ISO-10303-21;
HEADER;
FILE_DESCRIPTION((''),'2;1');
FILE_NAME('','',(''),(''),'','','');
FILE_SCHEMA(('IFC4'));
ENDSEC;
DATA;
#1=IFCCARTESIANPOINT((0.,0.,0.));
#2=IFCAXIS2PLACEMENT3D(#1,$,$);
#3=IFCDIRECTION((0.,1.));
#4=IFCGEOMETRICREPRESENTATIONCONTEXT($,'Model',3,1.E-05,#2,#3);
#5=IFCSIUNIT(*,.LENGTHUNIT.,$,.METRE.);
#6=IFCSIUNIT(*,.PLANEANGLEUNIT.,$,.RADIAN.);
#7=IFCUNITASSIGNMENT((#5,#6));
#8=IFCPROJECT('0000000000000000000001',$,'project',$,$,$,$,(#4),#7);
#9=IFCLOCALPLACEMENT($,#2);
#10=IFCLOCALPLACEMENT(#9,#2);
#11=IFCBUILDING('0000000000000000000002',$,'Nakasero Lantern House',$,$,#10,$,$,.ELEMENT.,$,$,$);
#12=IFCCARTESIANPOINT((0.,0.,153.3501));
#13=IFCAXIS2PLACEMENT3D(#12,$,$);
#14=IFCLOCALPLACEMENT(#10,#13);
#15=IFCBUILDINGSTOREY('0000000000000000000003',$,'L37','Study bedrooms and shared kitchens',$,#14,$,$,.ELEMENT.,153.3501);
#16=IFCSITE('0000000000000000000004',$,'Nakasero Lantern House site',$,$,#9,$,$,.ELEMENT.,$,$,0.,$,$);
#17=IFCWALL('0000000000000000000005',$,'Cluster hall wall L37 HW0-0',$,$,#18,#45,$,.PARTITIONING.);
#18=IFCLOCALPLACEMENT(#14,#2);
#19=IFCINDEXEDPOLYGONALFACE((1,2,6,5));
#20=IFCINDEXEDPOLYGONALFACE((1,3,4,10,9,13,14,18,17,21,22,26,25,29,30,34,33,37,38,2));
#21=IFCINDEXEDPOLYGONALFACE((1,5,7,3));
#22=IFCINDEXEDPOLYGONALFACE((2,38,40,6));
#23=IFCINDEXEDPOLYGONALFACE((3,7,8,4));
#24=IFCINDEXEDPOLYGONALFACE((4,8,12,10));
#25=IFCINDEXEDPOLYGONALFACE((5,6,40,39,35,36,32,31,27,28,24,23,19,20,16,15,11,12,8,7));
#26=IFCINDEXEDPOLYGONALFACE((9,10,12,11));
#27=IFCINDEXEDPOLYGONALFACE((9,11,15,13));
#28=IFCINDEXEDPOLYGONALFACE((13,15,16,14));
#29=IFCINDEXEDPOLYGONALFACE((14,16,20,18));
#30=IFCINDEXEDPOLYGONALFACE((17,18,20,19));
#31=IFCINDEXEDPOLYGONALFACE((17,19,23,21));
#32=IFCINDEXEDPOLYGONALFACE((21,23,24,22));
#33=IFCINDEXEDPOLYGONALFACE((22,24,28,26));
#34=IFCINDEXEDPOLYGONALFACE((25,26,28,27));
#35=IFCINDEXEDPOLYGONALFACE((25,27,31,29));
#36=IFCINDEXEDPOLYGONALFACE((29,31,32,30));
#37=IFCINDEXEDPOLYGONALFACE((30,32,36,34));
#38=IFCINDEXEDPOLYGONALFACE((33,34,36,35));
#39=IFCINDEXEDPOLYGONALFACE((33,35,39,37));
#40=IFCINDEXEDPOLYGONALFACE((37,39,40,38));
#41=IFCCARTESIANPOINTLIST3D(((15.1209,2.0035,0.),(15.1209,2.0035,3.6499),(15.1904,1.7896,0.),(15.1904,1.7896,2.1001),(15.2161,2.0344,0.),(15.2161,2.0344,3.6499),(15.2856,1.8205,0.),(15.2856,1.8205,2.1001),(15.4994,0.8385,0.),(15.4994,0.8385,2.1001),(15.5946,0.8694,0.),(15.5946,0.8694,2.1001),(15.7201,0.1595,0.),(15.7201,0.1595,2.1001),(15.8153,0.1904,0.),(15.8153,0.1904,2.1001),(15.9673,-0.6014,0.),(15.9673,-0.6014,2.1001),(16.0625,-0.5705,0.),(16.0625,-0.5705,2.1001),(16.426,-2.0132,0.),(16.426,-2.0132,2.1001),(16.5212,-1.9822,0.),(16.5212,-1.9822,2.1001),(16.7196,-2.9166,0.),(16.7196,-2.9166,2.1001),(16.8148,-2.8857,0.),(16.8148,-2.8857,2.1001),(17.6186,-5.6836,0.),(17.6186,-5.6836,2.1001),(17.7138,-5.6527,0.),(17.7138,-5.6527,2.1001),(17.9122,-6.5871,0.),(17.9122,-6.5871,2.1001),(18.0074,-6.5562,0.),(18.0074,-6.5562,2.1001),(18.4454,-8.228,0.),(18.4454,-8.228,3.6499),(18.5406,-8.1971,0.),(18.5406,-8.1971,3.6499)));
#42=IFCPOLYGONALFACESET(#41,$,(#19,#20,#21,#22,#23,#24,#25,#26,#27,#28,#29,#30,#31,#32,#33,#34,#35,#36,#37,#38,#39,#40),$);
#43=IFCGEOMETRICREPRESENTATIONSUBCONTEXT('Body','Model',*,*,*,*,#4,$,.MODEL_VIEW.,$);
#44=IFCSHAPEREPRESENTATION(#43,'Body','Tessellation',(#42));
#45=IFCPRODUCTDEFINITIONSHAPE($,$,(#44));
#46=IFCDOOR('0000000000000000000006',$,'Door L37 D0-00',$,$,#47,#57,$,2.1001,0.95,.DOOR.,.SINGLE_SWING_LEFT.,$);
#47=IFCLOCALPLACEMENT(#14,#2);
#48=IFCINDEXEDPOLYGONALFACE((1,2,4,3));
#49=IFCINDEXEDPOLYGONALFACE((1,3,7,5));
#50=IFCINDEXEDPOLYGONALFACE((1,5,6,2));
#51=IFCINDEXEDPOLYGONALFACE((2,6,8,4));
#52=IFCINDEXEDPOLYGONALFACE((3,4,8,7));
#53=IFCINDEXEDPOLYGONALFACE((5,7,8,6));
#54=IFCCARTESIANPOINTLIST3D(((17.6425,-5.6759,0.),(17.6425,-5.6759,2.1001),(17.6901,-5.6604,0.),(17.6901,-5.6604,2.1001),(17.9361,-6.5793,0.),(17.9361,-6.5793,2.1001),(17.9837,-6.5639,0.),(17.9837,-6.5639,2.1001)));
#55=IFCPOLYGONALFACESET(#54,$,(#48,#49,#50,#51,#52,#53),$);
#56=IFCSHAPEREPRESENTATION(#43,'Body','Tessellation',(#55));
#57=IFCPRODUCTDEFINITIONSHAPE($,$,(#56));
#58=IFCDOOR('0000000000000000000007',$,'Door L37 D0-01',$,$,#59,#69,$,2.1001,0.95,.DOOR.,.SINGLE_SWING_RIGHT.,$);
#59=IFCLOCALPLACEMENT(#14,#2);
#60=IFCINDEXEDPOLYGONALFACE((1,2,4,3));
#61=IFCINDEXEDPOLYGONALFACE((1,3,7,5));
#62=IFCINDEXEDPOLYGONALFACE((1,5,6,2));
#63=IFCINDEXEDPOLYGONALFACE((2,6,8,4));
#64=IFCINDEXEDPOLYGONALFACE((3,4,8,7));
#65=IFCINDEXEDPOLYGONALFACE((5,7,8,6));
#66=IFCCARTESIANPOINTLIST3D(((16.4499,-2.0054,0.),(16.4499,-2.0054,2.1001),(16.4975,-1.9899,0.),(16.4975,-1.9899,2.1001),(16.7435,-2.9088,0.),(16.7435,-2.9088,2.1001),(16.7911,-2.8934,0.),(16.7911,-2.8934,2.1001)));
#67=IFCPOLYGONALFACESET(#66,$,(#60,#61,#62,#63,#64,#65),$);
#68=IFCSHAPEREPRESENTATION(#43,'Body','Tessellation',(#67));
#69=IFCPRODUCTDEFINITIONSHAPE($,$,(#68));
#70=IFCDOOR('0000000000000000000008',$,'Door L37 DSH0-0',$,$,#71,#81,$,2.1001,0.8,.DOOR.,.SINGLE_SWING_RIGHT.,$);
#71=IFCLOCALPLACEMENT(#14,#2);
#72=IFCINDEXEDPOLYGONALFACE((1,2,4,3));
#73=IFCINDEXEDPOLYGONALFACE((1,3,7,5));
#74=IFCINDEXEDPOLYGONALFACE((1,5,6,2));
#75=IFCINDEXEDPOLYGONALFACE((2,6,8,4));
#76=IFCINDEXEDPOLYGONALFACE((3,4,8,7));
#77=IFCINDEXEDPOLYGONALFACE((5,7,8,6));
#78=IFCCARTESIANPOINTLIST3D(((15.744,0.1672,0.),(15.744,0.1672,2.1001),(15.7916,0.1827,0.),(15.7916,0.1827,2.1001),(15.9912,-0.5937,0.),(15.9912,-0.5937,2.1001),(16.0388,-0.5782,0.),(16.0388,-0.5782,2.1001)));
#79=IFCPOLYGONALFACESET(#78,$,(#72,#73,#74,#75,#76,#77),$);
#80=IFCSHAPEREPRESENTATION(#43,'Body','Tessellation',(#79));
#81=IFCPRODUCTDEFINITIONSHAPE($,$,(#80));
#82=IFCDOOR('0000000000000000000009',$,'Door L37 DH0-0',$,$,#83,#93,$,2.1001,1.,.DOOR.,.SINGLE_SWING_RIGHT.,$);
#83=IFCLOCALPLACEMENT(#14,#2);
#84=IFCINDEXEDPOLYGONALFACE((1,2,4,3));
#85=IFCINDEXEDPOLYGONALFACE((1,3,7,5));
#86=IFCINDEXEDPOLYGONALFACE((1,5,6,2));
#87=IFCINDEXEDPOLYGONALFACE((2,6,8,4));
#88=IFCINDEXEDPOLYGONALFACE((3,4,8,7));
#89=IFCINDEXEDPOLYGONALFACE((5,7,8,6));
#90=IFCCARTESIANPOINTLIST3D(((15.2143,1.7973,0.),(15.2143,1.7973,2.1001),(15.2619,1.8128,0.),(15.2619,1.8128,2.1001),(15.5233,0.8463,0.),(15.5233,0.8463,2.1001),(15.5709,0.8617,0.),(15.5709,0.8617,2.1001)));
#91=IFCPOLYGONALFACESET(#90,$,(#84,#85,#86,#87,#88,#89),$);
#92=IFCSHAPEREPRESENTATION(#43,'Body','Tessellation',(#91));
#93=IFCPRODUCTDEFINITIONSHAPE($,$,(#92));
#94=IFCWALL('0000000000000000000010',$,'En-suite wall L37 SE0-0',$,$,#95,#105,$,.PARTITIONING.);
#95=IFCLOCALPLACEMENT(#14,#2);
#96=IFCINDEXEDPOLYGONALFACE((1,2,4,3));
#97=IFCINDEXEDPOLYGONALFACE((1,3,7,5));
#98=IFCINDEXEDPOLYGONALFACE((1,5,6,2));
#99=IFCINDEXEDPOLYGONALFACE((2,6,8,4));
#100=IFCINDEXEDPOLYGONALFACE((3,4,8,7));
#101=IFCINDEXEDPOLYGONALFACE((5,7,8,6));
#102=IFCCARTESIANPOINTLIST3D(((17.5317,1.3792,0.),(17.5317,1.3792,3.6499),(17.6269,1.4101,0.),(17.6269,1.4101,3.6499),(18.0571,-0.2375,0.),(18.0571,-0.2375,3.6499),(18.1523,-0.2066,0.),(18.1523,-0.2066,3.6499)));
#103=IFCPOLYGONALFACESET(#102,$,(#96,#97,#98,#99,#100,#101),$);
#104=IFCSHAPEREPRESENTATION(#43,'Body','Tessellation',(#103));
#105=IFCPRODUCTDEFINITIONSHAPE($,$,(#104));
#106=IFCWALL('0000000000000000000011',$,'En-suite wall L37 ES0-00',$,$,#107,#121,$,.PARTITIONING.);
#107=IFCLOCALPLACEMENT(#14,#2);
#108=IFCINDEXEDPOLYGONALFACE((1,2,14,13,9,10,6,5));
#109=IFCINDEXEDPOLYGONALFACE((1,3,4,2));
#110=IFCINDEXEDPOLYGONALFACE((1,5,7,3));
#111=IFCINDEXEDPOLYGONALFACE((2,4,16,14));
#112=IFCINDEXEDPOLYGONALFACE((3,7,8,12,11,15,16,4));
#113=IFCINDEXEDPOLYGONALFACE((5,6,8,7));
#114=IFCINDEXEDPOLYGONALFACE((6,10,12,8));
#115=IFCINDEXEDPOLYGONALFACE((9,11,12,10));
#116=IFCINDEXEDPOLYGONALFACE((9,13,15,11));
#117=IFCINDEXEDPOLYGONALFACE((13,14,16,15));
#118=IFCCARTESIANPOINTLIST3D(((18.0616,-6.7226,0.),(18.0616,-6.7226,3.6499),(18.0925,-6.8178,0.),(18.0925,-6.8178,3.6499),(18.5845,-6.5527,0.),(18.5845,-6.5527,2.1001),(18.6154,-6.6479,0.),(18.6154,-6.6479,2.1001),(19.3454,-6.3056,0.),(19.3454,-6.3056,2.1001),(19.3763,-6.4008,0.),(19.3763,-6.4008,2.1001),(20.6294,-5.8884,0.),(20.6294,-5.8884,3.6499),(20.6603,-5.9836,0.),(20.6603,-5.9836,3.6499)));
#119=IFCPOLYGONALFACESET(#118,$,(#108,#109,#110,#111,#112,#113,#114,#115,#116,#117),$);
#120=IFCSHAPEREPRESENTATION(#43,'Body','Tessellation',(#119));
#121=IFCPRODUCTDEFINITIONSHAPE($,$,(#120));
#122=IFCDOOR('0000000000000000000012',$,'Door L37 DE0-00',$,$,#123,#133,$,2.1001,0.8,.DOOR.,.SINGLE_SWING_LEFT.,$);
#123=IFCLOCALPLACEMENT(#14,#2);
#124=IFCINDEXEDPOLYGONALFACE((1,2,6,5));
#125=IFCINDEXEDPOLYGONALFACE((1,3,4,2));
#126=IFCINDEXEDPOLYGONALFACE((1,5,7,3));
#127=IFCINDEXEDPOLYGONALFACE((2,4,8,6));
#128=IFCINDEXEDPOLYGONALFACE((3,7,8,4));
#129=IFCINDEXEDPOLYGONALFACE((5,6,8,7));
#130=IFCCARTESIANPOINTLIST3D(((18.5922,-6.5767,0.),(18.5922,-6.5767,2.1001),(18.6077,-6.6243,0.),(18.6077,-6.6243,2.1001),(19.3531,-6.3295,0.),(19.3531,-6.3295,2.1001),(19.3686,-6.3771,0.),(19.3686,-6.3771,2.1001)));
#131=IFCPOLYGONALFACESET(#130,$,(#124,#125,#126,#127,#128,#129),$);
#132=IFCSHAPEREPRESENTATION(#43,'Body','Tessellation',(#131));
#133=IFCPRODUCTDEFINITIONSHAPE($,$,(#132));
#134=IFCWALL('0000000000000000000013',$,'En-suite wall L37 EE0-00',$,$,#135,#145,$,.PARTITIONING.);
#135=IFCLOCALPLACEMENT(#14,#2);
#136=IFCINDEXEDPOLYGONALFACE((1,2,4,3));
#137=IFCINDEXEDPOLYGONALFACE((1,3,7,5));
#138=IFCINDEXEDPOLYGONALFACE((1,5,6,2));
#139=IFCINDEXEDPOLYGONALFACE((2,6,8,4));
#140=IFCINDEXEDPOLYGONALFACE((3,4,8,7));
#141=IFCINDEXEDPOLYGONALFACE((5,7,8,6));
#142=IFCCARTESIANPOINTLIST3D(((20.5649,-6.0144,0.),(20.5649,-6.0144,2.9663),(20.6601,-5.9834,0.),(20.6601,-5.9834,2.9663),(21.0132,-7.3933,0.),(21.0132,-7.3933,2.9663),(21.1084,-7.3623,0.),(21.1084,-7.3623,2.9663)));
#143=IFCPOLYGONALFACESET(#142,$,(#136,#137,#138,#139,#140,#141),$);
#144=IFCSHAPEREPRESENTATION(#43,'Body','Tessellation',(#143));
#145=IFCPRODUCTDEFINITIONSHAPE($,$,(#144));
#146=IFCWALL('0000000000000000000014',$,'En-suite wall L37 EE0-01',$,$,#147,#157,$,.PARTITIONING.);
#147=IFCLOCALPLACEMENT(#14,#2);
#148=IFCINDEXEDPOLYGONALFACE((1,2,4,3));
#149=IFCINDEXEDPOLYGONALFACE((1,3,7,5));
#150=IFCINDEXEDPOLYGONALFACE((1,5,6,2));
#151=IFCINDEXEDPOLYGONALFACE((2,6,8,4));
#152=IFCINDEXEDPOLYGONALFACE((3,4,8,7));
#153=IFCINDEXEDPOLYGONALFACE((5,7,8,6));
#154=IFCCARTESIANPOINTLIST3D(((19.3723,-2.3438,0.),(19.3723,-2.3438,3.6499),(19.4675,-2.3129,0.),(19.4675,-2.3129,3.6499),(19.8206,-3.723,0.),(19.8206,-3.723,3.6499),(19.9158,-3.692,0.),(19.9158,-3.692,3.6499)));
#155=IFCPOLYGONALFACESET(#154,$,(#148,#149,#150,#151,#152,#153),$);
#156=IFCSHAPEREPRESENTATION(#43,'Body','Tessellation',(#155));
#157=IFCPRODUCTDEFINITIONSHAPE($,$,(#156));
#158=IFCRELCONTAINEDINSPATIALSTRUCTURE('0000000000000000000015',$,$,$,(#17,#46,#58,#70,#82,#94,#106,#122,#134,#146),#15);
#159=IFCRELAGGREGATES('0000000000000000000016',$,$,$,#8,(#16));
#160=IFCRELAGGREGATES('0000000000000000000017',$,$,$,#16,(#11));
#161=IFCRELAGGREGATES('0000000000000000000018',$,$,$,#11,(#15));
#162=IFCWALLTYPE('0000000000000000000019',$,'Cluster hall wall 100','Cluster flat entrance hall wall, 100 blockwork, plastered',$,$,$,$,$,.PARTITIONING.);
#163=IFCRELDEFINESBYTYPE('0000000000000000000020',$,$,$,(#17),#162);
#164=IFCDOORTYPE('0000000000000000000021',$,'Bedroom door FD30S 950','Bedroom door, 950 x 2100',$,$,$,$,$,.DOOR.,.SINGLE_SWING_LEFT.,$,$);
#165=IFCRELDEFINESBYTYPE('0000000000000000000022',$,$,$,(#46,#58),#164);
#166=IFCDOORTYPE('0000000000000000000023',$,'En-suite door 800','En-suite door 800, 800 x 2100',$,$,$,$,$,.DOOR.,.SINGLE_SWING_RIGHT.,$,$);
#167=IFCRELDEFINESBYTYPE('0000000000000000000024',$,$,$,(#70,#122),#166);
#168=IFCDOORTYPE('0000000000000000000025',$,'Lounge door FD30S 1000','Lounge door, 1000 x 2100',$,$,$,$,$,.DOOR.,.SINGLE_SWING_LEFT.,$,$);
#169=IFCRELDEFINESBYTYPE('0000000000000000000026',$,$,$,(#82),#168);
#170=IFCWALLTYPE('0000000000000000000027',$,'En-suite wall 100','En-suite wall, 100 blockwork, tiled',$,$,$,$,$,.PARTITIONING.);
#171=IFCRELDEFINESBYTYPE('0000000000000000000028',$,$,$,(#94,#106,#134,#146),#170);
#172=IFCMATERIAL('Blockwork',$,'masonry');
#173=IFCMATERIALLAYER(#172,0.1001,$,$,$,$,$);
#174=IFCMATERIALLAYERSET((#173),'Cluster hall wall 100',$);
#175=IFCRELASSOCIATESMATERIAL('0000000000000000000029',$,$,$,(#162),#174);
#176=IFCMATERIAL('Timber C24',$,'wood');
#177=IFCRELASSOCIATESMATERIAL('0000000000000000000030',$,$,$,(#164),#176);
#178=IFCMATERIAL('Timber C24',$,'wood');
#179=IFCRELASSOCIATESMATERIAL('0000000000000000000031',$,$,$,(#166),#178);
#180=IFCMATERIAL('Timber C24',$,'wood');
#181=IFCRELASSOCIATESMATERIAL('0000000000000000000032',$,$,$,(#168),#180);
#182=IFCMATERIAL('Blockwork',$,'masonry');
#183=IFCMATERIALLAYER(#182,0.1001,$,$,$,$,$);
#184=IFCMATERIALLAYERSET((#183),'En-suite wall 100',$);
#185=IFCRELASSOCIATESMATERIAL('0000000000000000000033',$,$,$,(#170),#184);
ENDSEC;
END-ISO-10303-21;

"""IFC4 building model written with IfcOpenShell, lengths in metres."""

from ifc_helpers import new_model, si_unit, direction, frame, frame_2d, origin, place, context, subcontext, project, spatial, rectangle, extrude, material, layer, layer_set, type_object, element, fill, save


model = new_model("IFC4")

# Units and contexts
model_context = context("Model", 3, precision=1e-05, world=origin(), true_north=direction((0.0, 1.0)))
body_context = subcontext(model_context, "Body", "Model", "MODEL_VIEW")
ifc_project = project(units=[si_unit("LENGTHUNIT", "METRE"), si_unit("PLANEANGLEUNIT", "RADIAN")], contexts=[model_context])

# Site, building, storey
site_placement = place(None, origin())
site = spatial("IfcSite", under=ifc_project, at=site_placement, Name="Nakasero Lantern House site", CompositionType="ELEMENT", RefElevation=0.0)
building_placement = place(site_placement, origin())
building = spatial("IfcBuilding", under=site, at=building_placement, Name="Nakasero Lantern House", CompositionType="ELEMENT")
storey_placement = place(building_placement, frame((0.0, 0.0, 153.3501)))
storey = spatial("IfcBuildingStorey", under=building, at=storey_placement, Name="L37", Description="Study bedrooms and shared kitchens", CompositionType="ELEMENT", Elevation=153.3501)

# Wall, openings, doors
ifc_material_1 = material(Name="Blockwork", Category="masonry")
ifc_layer_1 = layer(ifc_material_1, 0.1001)
ifc_layer_set_1 = layer_set([ifc_layer_1], Name="Cluster hall wall 100")
wall_type_1 = type_object("IfcWallType", Name="Cluster hall wall 100", Description="Cluster flat entrance hall wall, 100 blockwork, plastered", PredefinedType="PARTITIONING", material=ifc_layer_set_1)
wall_1_placement = place(storey_placement, frame((18.4929, -8.2124, 0.0), z_axis=(0.0, 0.0, 1.0), x_axis=(-0.309022, 0.951055, 0.0)))
wall_1 = element("IfcWall", 1, at=wall_1_placement, inside=storey, type_object=wall_type_1, Name="Cluster hall wall L37 HW0-0", PredefinedType="PARTITIONING", context=body_context, shape_type="SweptSolid", body=[
    extrude(rectangle(XDim=10.7581, YDim=0.1001, at=frame_2d((5.3789, 0.0))), origin(), (0.0, 0.0, 1.0), 3.6499),
])
opening_1_placement = place(wall_1_placement, frame((9.533, 0.0, 0.0)))
opening_1 = element("IfcOpeningElement", 2, at=opening_1_placement, cuts=wall_1, PredefinedType="OPENING", context=body_context, shape_type="SweptSolid", body=[
    extrude(rectangle(XDim=1.0, YDim=2.1001, at=frame_2d((0.5, 1.05))), frame((0.0, 0.0701, 0.0), z_axis=(0.0, -1.0, 0.0), x_axis=(1.0, 0.0, 0.0)), (0.0, 0.0, 1.0), 0.1401),
])
opening_2_placement = place(wall_1_placement, frame((8.019, 0.0, 0.0)))
opening_2 = element("IfcOpeningElement", 3, at=opening_2_placement, cuts=wall_1, PredefinedType="OPENING", context=body_context, shape_type="SweptSolid", body=[
    extrude(rectangle(XDim=0.8, YDim=2.1001, at=frame_2d((0.3999, 1.05))), frame((0.0, 0.0701, 0.0), z_axis=(0.0, -1.0, 0.0), x_axis=(1.0, 0.0, 0.0)), (0.0, 0.0, 1.0), 0.1401),
])
opening_3_placement = place(wall_1_placement, frame((1.7251, 0.0, 0.0)))
opening_3 = element("IfcOpeningElement", 4, at=opening_3_placement, cuts=wall_1, PredefinedType="OPENING", context=body_context, shape_type="SweptSolid", body=[
    extrude(rectangle(XDim=0.95, YDim=2.1001, at=frame_2d((0.4751, 1.05))), frame((0.0, 0.0701, 0.0), z_axis=(0.0, -1.0, 0.0), x_axis=(1.0, 0.0, 0.0)), (0.0, 0.0, 1.0), 0.1401),
])
opening_4_placement = place(wall_1_placement, frame((5.5845, 0.0, 0.0)))
opening_4 = element("IfcOpeningElement", 5, at=opening_4_placement, cuts=wall_1, PredefinedType="OPENING", context=body_context, shape_type="SweptSolid", body=[
    extrude(rectangle(XDim=0.95, YDim=2.1001, at=frame_2d((0.4751, 1.05))), frame((0.0, 0.0701, 0.0), z_axis=(0.0, -1.0, 0.0), x_axis=(1.0, 0.0, 0.0)), (0.0, 0.0, 1.0), 0.1401),
])
ifc_material_2 = material(Name="Timber C24", Category="wood")
door_type_1 = type_object("IfcDoorType", Name="Bedroom door FD30S 950", Description="Bedroom door, 950 x 2100", OperationType="SINGLE_SWING_LEFT", PredefinedType="DOOR", material=ifc_material_2)
door_1_placement = place(opening_3_placement, origin())
door_1 = element("IfcDoor", 6, at=door_1_placement, inside=storey, type_object=door_type_1, Name="Door L37 D0-00", OperationType="SINGLE_SWING_LEFT", OverallHeight=2.1001, OverallWidth=0.95, PredefinedType="DOOR", context=body_context, shape_type="SweptSolid", body=[
    extrude(rectangle(XDim=0.95, YDim=2.1001, at=frame_2d((0.4751, 1.05))), frame((0.0, 0.0249, 0.0), z_axis=(0.0, -1.0, 0.0), x_axis=(1.0, 0.0, 0.0)), (0.0, 0.0, 1.0), 0.05),
])
fill(opening_3, door_1)
door_2_placement = place(opening_4_placement, origin())
door_2 = element("IfcDoor", 7, at=door_2_placement, inside=storey, type_object=door_type_1, Name="Door L37 D0-01", OperationType="SINGLE_SWING_RIGHT", OverallHeight=2.1001, OverallWidth=0.95, PredefinedType="DOOR", context=body_context, shape_type="SweptSolid", body=[
    extrude(rectangle(XDim=0.95, YDim=2.1001, at=frame_2d((0.4751, 1.05))), frame((0.0, 0.0249, 0.0), z_axis=(0.0, -1.0, 0.0), x_axis=(1.0, 0.0, 0.0)), (0.0, 0.0, 1.0), 0.05),
])
fill(opening_4, door_2)
ifc_material_3 = material(Name="Timber C24", Category="wood")
door_type_2 = type_object("IfcDoorType", Name="En-suite door 800", Description="En-suite door 800, 800 x 2100", OperationType="SINGLE_SWING_RIGHT", PredefinedType="DOOR", material=ifc_material_3)
door_3_placement = place(opening_2_placement, origin())
door_3 = element("IfcDoor", 8, at=door_3_placement, inside=storey, type_object=door_type_2, Name="Door L37 DSH0-0", OperationType="SINGLE_SWING_RIGHT", OverallHeight=2.1001, OverallWidth=0.8, PredefinedType="DOOR", context=body_context, shape_type="SweptSolid", body=[
    extrude(rectangle(XDim=0.8, YDim=2.1001, at=frame_2d((0.3999, 1.05))), frame((0.0, 0.0249, 0.0), z_axis=(0.0, -1.0, 0.0), x_axis=(1.0, 0.0, 0.0)), (0.0, 0.0, 1.0), 0.05),
])
fill(opening_2, door_3)
ifc_material_4 = material(Name="Timber C24", Category="wood")
door_type_3 = type_object("IfcDoorType", Name="Lounge door FD30S 1000", Description="Lounge door, 1000 x 2100", OperationType="SINGLE_SWING_LEFT", PredefinedType="DOOR", material=ifc_material_4)
door_4_placement = place(opening_1_placement, origin())
door_4 = element("IfcDoor", 9, at=door_4_placement, inside=storey, type_object=door_type_3, Name="Door L37 DH0-0", OperationType="SINGLE_SWING_RIGHT", OverallHeight=2.1001, OverallWidth=1.0, PredefinedType="DOOR", context=body_context, shape_type="SweptSolid", body=[
    extrude(rectangle(XDim=1.0, YDim=2.1001, at=frame_2d((0.5, 1.05))), frame((0.0, 0.0249, 0.0), z_axis=(0.0, -1.0, 0.0), x_axis=(1.0, 0.0, 0.0)), (0.0, 0.0, 1.0), 0.05),
])
fill(opening_1, door_4)

# Wall
ifc_material_5 = material(Name="Blockwork", Category="masonry")
ifc_layer_2 = layer(ifc_material_5, 0.1001)
ifc_layer_set_2 = layer_set([ifc_layer_2], Name="En-suite wall 100")
wall_type_2 = type_object("IfcWallType", Name="En-suite wall 100", Description="En-suite wall, 100 blockwork, tiled", PredefinedType="PARTITIONING", material=ifc_layer_set_2)
wall_2_placement = place(storey_placement, frame((18.1047, -0.2222, 0.0), z_axis=(0.0, 0.0, 1.0), x_axis=(-0.309067, 0.95104, 0.0)))
element("IfcWall", 10, at=wall_2_placement, inside=storey, type_object=wall_type_2, Name="En-suite wall L37 SE0-0", PredefinedType="PARTITIONING", context=body_context, shape_type="SweptSolid", body=[
    extrude(rectangle(XDim=1.7, YDim=0.1001, at=frame_2d((0.8501, 0.0))), origin(), (0.0, 0.0, 1.0), 3.6499),
])

# Wall, opening, door
wall_3_placement = place(storey_placement, frame((18.0769, -6.7703, 0.0), z_axis=(0.0, 0.0, 1.0), x_axis=(0.95107, 0.308976, 0.0)))
wall_3 = element("IfcWall", 11, at=wall_3_placement, inside=storey, type_object=wall_type_2, Name="En-suite wall L37 ES0-00", PredefinedType="PARTITIONING", context=body_context, shape_type="SweptSolid", body=[
    extrude(rectangle(XDim=2.7, YDim=0.1001, at=frame_2d((1.3501, 0.0))), origin(), (0.0, 0.0, 1.0), 3.6499),
])
opening_5_placement = place(wall_3_placement, frame((0.55, 0.0, 0.0)))
opening_5 = element("IfcOpeningElement", 12, at=opening_5_placement, cuts=wall_3, PredefinedType="OPENING", context=body_context, shape_type="SweptSolid", body=[
    extrude(rectangle(XDim=0.8, YDim=2.1001, at=frame_2d((0.3999, 1.05))), frame((0.0, 0.0701, 0.0), z_axis=(0.0, -1.0, 0.0), x_axis=(1.0, 0.0, 0.0)), (0.0, 0.0, 1.0), 0.1401),
])
door_5_placement = place(opening_5_placement, origin())
door_5 = element("IfcDoor", 13, at=door_5_placement, inside=storey, type_object=door_type_2, Name="Door L37 DE0-00", OperationType="SINGLE_SWING_LEFT", OverallHeight=2.1001, OverallWidth=0.8, PredefinedType="DOOR", context=body_context, shape_type="SweptSolid", body=[
    extrude(rectangle(XDim=0.8, YDim=2.1001, at=frame_2d((0.3999, 1.05))), frame((0.0, 0.0249, 0.0), z_axis=(0.0, -1.0, 0.0), x_axis=(1.0, 0.0, 0.0)), (0.0, 0.0, 1.0), 0.05),
])
fill(opening_5, door_5)

# Walls
wall_4_placement = place(storey_placement, frame((21.0608, -7.3779, 0.0), z_axis=(0.0, 0.0, 1.0), x_axis=(-0.309147, 0.951014, 0.0)))
element("IfcWall", 14, at=wall_4_placement, inside=storey, type_object=wall_type_2, Name="En-suite wall L37 EE0-00", PredefinedType="PARTITIONING", context=body_context, shape_type="SweptSolid", body=[
    extrude(rectangle(XDim=1.45, YDim=0.1001, at=frame_2d((0.7251, 0.0))), origin(), (0.0, 0.0, 1.0), 2.9663),
])
wall_5_placement = place(storey_placement, frame((19.8682, -3.7075, 0.0), z_axis=(0.0, 0.0, 1.0), x_axis=(-0.309097, 0.95103, 0.0)))
element("IfcWall", 15, at=wall_5_placement, inside=storey, type_object=wall_type_2, Name="En-suite wall L37 EE0-01", PredefinedType="PARTITIONING", context=body_context, shape_type="SweptSolid", body=[
    extrude(rectangle(XDim=1.4502, YDim=0.1001, at=frame_2d((0.7251, 0.0))), origin(), (0.0, 0.0, 1.0), 3.6499),
])

save(model, "model.ifc")
